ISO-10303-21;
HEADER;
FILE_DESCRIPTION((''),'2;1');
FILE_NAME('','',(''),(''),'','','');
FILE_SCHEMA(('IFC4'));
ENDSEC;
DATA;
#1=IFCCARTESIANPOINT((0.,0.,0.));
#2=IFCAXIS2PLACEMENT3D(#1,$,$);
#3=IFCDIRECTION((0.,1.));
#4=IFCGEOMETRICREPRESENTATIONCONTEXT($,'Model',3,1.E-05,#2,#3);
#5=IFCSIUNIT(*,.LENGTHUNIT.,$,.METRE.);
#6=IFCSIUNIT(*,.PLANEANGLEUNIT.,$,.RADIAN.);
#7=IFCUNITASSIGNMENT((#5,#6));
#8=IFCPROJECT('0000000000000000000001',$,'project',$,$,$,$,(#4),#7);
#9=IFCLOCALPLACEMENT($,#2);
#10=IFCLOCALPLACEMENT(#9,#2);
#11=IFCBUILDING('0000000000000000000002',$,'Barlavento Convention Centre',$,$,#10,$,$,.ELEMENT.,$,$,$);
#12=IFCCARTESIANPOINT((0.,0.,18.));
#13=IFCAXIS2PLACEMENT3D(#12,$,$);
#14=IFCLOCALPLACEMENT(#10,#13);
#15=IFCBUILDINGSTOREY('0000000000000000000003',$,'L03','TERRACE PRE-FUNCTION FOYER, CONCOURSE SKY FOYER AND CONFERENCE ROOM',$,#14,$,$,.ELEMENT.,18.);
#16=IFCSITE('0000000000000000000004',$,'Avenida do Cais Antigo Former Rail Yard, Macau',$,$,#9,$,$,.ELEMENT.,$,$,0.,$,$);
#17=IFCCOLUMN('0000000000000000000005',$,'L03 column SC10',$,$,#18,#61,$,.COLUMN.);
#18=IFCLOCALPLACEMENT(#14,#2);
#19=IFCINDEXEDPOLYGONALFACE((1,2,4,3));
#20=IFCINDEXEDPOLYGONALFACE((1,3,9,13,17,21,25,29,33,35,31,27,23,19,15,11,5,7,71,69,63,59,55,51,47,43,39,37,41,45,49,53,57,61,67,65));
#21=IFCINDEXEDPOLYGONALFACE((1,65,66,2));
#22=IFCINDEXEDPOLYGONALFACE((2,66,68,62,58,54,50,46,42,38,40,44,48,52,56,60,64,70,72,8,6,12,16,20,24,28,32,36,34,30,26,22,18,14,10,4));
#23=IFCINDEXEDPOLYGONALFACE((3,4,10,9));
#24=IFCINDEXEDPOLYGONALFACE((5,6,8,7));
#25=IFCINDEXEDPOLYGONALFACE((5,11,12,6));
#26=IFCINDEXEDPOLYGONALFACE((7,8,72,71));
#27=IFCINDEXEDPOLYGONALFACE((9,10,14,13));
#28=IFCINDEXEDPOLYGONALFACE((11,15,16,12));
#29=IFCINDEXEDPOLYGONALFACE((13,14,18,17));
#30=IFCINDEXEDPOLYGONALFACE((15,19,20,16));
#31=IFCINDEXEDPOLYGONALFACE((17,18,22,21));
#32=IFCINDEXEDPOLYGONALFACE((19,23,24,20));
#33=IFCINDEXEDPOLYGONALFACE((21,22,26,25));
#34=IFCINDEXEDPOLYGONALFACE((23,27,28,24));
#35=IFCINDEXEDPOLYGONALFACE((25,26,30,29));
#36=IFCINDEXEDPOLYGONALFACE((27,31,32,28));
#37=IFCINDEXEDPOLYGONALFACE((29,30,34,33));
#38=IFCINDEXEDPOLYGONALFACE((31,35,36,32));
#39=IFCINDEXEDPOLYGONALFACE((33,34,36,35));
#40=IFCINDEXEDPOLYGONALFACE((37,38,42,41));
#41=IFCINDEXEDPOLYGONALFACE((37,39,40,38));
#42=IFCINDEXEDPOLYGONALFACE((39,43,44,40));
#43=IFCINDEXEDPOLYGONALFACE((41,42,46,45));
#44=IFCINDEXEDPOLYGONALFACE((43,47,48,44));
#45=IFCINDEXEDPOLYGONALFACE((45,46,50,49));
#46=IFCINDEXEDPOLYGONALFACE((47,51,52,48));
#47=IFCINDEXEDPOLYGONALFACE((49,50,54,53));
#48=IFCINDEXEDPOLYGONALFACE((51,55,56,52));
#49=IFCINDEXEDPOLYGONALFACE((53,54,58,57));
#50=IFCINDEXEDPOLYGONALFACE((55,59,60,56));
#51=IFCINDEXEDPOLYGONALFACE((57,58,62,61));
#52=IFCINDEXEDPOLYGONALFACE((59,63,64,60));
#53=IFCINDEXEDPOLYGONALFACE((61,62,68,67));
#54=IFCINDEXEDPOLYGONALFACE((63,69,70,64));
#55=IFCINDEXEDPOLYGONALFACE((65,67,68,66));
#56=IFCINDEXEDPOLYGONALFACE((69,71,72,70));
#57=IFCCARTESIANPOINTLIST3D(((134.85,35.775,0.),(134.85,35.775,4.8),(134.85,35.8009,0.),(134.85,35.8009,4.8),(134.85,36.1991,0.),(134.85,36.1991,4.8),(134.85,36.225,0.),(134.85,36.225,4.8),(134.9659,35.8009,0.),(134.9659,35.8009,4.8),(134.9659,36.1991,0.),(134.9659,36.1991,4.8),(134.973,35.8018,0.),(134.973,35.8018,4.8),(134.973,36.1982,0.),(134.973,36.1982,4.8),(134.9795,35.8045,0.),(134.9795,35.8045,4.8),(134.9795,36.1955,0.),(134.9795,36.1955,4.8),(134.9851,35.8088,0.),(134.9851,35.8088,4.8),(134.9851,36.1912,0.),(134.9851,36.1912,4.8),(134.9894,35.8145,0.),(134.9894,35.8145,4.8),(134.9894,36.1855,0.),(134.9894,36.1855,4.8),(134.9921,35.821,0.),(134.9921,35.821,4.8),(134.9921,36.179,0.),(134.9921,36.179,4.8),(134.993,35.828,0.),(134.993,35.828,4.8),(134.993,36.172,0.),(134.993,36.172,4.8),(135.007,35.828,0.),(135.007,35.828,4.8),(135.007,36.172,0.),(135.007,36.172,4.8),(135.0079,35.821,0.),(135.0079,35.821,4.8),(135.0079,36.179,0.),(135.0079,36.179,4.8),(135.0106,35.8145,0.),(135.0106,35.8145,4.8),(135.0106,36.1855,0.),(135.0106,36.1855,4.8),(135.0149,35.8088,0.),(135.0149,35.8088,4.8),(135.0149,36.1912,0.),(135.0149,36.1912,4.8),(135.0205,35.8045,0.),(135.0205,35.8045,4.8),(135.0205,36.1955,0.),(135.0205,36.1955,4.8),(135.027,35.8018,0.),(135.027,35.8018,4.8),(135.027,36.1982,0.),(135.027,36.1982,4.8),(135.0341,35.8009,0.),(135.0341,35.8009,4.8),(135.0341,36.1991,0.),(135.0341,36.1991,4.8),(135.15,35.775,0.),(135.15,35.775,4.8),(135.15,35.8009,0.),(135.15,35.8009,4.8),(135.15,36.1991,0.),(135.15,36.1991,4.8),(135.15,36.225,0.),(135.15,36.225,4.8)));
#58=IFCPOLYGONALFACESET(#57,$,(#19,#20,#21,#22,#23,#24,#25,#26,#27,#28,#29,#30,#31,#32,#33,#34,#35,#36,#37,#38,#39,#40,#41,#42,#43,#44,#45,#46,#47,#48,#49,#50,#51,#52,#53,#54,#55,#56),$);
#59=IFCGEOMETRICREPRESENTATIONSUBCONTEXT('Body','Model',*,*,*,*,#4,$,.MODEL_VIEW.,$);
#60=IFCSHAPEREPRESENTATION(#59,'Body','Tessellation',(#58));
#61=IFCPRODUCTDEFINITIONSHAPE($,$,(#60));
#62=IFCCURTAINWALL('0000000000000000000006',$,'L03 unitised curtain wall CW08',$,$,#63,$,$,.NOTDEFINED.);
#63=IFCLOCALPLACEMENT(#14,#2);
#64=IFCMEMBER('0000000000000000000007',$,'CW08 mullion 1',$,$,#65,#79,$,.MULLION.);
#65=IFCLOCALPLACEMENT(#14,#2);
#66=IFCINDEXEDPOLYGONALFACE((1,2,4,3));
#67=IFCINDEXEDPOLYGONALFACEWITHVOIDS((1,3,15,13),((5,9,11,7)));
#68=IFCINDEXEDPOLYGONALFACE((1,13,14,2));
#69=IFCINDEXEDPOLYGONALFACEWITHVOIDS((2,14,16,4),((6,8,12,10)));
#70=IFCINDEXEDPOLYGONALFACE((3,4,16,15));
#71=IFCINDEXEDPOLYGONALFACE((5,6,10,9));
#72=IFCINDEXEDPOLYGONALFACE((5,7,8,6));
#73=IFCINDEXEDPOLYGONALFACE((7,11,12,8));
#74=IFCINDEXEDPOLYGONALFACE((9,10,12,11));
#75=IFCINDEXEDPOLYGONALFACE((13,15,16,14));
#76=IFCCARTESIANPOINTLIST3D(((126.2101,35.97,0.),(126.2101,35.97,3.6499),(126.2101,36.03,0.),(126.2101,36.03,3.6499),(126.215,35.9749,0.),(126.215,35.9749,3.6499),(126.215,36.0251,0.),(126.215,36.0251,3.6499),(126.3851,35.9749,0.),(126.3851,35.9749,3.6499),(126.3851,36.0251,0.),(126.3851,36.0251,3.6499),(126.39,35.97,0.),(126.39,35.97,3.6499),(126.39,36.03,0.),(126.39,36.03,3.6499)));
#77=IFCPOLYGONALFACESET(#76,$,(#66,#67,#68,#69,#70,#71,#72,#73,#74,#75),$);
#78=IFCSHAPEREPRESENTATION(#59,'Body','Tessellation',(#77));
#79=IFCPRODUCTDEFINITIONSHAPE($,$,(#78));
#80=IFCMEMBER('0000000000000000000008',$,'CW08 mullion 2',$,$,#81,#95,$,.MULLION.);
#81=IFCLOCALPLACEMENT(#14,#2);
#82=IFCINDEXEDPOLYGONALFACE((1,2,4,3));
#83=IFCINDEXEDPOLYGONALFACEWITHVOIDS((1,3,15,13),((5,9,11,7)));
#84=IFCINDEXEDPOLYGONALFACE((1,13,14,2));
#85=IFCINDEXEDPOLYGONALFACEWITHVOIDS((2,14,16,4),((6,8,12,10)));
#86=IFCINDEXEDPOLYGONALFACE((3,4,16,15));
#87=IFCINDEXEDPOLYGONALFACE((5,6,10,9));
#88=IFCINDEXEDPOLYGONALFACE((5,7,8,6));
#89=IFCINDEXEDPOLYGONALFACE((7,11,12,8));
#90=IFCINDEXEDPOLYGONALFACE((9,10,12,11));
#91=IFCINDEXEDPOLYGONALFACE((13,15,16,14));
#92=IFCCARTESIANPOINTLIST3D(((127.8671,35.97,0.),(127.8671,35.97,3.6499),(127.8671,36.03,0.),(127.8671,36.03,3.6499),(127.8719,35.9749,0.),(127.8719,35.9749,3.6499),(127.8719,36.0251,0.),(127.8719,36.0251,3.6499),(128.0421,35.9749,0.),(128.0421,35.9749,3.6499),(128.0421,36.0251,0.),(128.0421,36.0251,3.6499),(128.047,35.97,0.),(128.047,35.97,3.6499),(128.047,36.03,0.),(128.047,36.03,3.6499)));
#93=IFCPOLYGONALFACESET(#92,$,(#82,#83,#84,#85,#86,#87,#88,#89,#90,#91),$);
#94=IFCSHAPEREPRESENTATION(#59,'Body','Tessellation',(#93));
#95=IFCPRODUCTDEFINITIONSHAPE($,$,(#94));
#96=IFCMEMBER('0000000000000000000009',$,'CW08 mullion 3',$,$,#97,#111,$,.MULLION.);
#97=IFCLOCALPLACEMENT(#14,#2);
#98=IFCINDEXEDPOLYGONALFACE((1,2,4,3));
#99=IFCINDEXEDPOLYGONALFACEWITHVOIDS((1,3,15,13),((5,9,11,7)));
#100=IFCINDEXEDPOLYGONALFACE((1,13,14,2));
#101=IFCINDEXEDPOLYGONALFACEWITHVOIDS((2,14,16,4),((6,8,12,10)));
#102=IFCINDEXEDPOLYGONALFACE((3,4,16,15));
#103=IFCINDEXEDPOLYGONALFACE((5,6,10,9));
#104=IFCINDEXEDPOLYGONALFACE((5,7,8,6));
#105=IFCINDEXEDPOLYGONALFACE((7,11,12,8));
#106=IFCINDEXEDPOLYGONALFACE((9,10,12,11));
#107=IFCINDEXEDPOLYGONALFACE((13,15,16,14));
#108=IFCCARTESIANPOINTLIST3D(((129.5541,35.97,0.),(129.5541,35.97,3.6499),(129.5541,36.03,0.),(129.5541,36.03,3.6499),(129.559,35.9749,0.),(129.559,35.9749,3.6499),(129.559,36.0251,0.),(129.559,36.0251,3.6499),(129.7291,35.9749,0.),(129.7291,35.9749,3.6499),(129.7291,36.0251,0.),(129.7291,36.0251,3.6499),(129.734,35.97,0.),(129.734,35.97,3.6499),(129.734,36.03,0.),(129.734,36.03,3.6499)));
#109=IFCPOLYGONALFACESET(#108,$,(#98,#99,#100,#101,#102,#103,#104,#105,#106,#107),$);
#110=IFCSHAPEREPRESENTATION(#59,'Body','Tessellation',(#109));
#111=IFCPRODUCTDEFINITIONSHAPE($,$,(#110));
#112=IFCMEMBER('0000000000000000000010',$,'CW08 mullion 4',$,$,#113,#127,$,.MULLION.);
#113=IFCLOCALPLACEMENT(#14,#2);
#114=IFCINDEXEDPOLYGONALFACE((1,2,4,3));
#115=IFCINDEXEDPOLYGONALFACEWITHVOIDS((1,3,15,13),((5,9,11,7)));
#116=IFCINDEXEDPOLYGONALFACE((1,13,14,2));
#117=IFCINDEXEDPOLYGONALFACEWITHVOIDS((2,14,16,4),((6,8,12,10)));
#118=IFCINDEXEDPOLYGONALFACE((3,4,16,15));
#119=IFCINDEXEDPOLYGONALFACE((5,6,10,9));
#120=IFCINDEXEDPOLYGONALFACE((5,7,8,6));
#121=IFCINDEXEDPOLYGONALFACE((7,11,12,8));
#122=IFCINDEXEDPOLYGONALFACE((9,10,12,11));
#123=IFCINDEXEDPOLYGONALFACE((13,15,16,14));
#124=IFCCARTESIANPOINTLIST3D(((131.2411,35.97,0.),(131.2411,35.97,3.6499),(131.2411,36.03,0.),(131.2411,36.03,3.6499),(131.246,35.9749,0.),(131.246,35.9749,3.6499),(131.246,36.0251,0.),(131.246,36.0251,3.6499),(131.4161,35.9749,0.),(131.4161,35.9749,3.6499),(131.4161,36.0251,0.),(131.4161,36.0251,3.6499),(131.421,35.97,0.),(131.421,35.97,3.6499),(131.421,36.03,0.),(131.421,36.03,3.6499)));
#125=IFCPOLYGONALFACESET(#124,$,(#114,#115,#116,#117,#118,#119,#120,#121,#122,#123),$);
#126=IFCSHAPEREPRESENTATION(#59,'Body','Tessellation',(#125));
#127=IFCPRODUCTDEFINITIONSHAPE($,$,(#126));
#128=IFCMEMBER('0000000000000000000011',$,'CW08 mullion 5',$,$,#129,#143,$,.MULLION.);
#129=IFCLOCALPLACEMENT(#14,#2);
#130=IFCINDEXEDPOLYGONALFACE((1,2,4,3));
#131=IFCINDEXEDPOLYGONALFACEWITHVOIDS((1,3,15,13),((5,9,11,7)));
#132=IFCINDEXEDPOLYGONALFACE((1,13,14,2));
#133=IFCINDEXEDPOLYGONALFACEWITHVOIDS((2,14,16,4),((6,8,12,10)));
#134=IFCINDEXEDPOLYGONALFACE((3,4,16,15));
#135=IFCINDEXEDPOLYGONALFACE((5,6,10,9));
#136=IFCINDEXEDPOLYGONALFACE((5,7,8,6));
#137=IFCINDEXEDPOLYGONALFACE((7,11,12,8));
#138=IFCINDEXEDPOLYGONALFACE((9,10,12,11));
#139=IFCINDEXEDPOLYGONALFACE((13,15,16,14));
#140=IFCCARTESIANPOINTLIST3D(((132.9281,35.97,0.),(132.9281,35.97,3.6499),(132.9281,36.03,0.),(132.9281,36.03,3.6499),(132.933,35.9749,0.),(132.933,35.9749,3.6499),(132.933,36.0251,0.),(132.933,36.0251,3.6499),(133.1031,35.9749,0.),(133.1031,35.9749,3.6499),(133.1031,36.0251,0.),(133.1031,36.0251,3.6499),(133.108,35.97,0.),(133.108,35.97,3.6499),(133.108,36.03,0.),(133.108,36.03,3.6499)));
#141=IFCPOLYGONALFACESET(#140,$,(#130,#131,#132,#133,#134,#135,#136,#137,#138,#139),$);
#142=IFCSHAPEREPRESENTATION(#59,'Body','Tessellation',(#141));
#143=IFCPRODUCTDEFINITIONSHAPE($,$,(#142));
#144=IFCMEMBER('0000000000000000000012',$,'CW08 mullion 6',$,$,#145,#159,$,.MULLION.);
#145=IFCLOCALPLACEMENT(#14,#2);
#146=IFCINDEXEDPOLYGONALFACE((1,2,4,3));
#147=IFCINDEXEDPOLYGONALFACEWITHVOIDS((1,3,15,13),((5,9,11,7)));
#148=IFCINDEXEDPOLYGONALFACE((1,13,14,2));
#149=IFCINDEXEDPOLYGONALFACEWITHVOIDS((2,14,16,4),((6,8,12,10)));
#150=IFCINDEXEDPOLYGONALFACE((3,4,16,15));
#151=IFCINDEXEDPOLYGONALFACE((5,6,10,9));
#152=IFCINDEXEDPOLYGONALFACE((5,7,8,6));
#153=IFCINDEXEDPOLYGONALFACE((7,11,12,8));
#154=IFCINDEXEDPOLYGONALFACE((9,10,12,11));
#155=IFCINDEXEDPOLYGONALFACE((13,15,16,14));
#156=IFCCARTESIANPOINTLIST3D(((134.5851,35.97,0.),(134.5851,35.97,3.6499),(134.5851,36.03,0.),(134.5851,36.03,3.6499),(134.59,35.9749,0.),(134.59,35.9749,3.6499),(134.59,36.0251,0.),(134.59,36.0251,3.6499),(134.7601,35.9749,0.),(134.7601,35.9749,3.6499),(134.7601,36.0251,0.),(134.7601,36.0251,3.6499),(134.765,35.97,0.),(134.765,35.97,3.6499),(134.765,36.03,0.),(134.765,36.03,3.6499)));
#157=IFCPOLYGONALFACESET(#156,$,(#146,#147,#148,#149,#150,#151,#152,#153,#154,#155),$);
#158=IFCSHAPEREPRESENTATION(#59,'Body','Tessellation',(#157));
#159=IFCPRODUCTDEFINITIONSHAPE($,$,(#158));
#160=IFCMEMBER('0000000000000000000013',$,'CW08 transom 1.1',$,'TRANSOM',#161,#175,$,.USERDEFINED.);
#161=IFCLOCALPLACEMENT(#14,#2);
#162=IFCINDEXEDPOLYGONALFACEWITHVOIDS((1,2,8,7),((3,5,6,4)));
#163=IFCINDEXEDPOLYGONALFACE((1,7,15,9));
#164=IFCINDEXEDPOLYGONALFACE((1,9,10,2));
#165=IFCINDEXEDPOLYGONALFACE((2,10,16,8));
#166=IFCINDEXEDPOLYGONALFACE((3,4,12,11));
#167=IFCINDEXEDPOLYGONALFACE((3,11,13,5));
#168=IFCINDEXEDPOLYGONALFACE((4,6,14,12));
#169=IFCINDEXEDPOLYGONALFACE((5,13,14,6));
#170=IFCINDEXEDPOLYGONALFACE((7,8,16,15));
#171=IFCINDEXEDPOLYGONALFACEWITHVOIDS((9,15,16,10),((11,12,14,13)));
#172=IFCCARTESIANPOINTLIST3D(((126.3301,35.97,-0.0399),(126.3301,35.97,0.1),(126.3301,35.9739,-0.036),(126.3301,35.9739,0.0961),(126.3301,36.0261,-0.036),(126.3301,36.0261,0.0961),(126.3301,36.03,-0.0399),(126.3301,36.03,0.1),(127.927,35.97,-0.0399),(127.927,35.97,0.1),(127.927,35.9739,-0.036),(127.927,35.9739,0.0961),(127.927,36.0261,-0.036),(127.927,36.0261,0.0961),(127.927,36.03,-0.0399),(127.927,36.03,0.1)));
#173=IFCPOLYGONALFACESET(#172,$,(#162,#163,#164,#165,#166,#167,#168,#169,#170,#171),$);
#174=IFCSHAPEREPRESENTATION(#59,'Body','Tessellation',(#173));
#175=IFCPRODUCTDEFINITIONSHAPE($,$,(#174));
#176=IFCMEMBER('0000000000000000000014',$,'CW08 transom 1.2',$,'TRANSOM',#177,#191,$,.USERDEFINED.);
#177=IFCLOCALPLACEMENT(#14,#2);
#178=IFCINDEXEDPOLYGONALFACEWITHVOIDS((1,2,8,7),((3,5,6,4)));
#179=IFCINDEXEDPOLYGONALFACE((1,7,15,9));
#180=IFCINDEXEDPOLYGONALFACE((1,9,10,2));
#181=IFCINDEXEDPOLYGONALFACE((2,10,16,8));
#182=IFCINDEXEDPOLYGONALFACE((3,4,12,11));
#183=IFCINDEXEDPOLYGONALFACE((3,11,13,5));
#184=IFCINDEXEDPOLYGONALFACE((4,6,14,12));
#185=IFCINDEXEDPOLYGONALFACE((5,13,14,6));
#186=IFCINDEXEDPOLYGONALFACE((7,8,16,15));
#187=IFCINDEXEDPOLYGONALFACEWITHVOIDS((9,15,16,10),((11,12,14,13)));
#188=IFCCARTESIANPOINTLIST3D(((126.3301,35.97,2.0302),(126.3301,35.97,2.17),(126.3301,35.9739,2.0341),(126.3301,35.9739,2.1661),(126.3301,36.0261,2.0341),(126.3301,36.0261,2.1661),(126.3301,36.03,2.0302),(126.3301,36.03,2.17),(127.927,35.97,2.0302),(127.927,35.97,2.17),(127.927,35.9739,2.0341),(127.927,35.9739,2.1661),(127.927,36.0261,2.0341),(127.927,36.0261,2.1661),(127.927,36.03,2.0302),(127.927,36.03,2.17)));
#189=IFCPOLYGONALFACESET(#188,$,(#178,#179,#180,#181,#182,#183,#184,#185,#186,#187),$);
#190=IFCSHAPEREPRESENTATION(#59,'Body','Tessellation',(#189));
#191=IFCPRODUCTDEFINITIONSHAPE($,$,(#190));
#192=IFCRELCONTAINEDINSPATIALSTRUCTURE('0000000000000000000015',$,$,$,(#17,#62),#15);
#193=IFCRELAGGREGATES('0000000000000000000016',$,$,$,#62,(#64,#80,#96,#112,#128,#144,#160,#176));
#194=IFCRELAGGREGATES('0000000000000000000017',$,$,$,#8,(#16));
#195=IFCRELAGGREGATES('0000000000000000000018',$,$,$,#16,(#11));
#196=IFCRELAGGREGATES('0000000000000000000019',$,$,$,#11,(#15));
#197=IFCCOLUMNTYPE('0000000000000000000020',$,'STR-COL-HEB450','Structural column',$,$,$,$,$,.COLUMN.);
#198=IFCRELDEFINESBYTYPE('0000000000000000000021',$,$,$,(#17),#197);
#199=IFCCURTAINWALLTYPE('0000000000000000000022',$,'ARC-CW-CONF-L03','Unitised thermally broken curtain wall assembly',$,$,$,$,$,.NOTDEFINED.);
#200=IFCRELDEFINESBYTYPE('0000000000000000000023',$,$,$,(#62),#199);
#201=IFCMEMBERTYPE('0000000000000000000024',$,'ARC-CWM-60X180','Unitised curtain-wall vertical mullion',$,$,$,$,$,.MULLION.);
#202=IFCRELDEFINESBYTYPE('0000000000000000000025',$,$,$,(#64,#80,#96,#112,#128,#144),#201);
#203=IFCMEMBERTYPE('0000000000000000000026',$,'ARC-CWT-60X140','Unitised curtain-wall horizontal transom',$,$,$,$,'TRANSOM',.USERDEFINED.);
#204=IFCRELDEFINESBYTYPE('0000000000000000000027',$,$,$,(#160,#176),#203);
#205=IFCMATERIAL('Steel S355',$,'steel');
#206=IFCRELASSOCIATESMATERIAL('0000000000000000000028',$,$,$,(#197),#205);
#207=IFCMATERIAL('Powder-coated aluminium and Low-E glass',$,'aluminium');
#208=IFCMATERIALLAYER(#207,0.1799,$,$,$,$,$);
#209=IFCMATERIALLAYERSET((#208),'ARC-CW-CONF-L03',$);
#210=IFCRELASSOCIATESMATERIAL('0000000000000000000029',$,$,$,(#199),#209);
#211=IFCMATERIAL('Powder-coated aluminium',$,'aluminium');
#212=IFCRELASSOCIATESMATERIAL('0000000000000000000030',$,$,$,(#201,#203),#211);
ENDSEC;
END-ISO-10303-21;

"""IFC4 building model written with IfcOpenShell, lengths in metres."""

from ifc_helpers import new_model, si_unit, direction, frame, origin, origin_2d, place, context, subcontext, project, spatial, hollow_rectangle, i_section, extrude, material, layer, layer_set, material_profile, profile_set, type_object, element, aggregate, save


model = new_model("IFC4")

# Units and contexts
model_context = context("Model", 3, precision=1e-05, world=origin(), true_north=direction((0.0, 1.0)))
body_context = subcontext(model_context, "Body", "Model", "MODEL_VIEW")
ifc_project = project(units=[si_unit("LENGTHUNIT", "METRE"), si_unit("PLANEANGLEUNIT", "RADIAN")], contexts=[model_context])

# Site, building, storey
site_placement = place(None, origin())
site = spatial("IfcSite", under=ifc_project, at=site_placement, Name="Avenida do Cais Antigo Former Rail Yard, Macau", CompositionType="ELEMENT", RefElevation=0.0)
building_placement = place(site_placement, origin())
building = spatial("IfcBuilding", under=site, at=building_placement, Name="Barlavento Convention Centre", CompositionType="ELEMENT")
storey_placement = place(building_placement, frame((0.0, 0.0, 18.0)))
storey = spatial("IfcBuildingStorey", under=building, at=storey_placement, Name="L03", Description="TERRACE PRE-FUNCTION FOYER, CONCOURSE SKY FOYER AND CONFERENCE ROOM", CompositionType="ELEMENT", Elevation=18.0)

# Column
ifc_material_1 = material(Name="Steel S355", Category="steel")
ifc_material_profile_1 = material_profile(ifc_material_1, i_section(OverallWidth=0.3, OverallDepth=0.45, WebThickness=0.0139, FlangeThickness=0.0259, FilletRadius=0.0271, at=origin_2d()), Name="HEB 450")
ifc_profile_set_1 = profile_set([ifc_material_profile_1], Name="Steel S355")
column_type = type_object("IfcColumnType", Name="STR-COL-HEB450", Description="Structural column", PredefinedType="COLUMN", material=ifc_profile_set_1)
column_placement = place(storey_placement, frame((135.0, 36.0, 0.0), z_axis=(0.0, 0.0, 1.0), x_axis=(1.0, 0.0, 0.0)))
element("IfcColumn", 1, at=column_placement, inside=storey, type_object=column_type, Name="L03 column SC10", PredefinedType="COLUMN", context=body_context, shape_type="SweptSolid", body=[
    extrude(i_section(OverallWidth=0.3, OverallDepth=0.45, WebThickness=0.0139, FlangeThickness=0.0259, FilletRadius=0.0271, at=origin_2d()), origin(), (0.0, 0.0, 1.0), 4.8),
])

# Curtain wall, members
ifc_material_2 = material(Name="Powder-coated aluminium and Low-E glass", Category="aluminium")
ifc_layer_1 = layer(ifc_material_2, 0.1799)
ifc_layer_set_1 = layer_set([ifc_layer_1], Name="ARC-CW-CONF-L03")
curtain_wall_type = type_object("IfcCurtainWallType", Name="ARC-CW-CONF-L03", Description="Unitised thermally broken curtain wall assembly", PredefinedType="NOTDEFINED", material=ifc_layer_set_1)
curtain_wall_placement = place(storey_placement, origin())
curtain_wall = element("IfcCurtainWall", 2, at=curtain_wall_placement, inside=storey, type_object=curtain_wall_type, Name="L03 unitised curtain wall CW08", PredefinedType="NOTDEFINED")
ifc_material_3 = material(Name="Powder-coated aluminium", Category="aluminium")
ifc_material_profile_2 = material_profile(ifc_material_3, hollow_rectangle(XDim=0.0601, YDim=0.1799, WallThickness=0.0049, at=origin_2d()), Name="AL-MULL 60x180x5")
ifc_profile_set_2 = profile_set([ifc_material_profile_2], Name="Powder-coated aluminium")
member_type_1 = type_object("IfcMemberType", Name="ARC-CWM-60X180", Description="Unitised curtain-wall vertical mullion", PredefinedType="MULLION", material=ifc_profile_set_2)
member_1_placement = place(storey_placement, frame((126.3, 36.0, 0.0), z_axis=(0.0, 0.0, 1.0), x_axis=(0.0, 1.0, 0.0)))
member_1 = element("IfcMember", 3, at=member_1_placement, type_object=member_type_1, Name="CW08 mullion 1", PredefinedType="MULLION", context=body_context, shape_type="SweptSolid", body=[
    extrude(hollow_rectangle(XDim=0.0601, YDim=0.1799, WallThickness=0.0049, at=origin_2d()), origin(), (0.0, 0.0, 1.0), 3.6499),
])
member_2_placement = place(storey_placement, frame((127.957, 36.0, 0.0), z_axis=(0.0, 0.0, 1.0), x_axis=(0.0, 1.0, 0.0)))
member_2 = element("IfcMember", 4, at=member_2_placement, type_object=member_type_1, Name="CW08 mullion 2", PredefinedType="MULLION", context=body_context, shape_type="SweptSolid", body=[
    extrude(hollow_rectangle(XDim=0.0601, YDim=0.1799, WallThickness=0.0049, at=origin_2d()), origin(), (0.0, 0.0, 1.0), 3.6499),
])
member_3_placement = place(storey_placement, frame((129.644, 36.0, 0.0), z_axis=(0.0, 0.0, 1.0), x_axis=(0.0, 1.0, 0.0)))
member_3 = element("IfcMember", 5, at=member_3_placement, type_object=member_type_1, Name="CW08 mullion 3", PredefinedType="MULLION", context=body_context, shape_type="SweptSolid", body=[
    extrude(hollow_rectangle(XDim=0.0601, YDim=0.1799, WallThickness=0.0049, at=origin_2d()), origin(), (0.0, 0.0, 1.0), 3.6499),
])
member_4_placement = place(storey_placement, frame((131.3311, 36.0, 0.0), z_axis=(0.0, 0.0, 1.0), x_axis=(0.0, 1.0, 0.0)))
member_4 = element("IfcMember", 6, at=member_4_placement, type_object=member_type_1, Name="CW08 mullion 4", PredefinedType="MULLION", context=body_context, shape_type="SweptSolid", body=[
    extrude(hollow_rectangle(XDim=0.0601, YDim=0.1799, WallThickness=0.0049, at=origin_2d()), origin(), (0.0, 0.0, 1.0), 3.6499),
])
member_5_placement = place(storey_placement, frame((133.0181, 36.0, 0.0), z_axis=(0.0, 0.0, 1.0), x_axis=(0.0, 1.0, 0.0)))
member_5 = element("IfcMember", 7, at=member_5_placement, type_object=member_type_1, Name="CW08 mullion 5", PredefinedType="MULLION", context=body_context, shape_type="SweptSolid", body=[
    extrude(hollow_rectangle(XDim=0.0601, YDim=0.1799, WallThickness=0.0049, at=origin_2d()), origin(), (0.0, 0.0, 1.0), 3.6499),
])
member_6_placement = place(storey_placement, frame((134.675, 36.0, 0.0), z_axis=(0.0, 0.0, 1.0), x_axis=(0.0, 1.0, 0.0)))
member_6 = element("IfcMember", 8, at=member_6_placement, type_object=member_type_1, Name="CW08 mullion 6", PredefinedType="MULLION", context=body_context, shape_type="SweptSolid", body=[
    extrude(hollow_rectangle(XDim=0.0601, YDim=0.1799, WallThickness=0.0049, at=origin_2d()), origin(), (0.0, 0.0, 1.0), 3.6499),
])
ifc_material_profile_3 = material_profile(ifc_material_3, hollow_rectangle(XDim=0.0601, YDim=0.1399, WallThickness=0.0039, at=origin_2d()), Name="AL-TRAN 60x140x4")
ifc_profile_set_3 = profile_set([ifc_material_profile_3], Name="Powder-coated aluminium")
member_type_2 = type_object("IfcMemberType", Name="ARC-CWT-60X140", Description="Unitised curtain-wall horizontal transom", ElementType="TRANSOM", PredefinedType="USERDEFINED", material=ifc_profile_set_3)
member_7_placement = place(storey_placement, frame((126.3301, 36.0, 0.03), z_axis=(1.0, 0.0, 0.0), x_axis=(0.0, 1.0, 0.0)))
member_7 = element("IfcMember", 9, at=member_7_placement, type_object=member_type_2, Name="CW08 transom 1.1", ObjectType="TRANSOM", PredefinedType="USERDEFINED", context=body_context, shape_type="SweptSolid", body=[
    extrude(hollow_rectangle(XDim=0.0601, YDim=0.1399, WallThickness=0.0039, at=origin_2d()), origin(), (0.0, 0.0, 1.0), 1.5969),
])
member_8_placement = place(storey_placement, frame((126.3301, 36.0, 2.1001), z_axis=(1.0, 0.0, 0.0), x_axis=(0.0, 1.0, 0.0)))
member_8 = element("IfcMember", 10, at=member_8_placement, type_object=member_type_2, Name="CW08 transom 1.2", ObjectType="TRANSOM", PredefinedType="USERDEFINED", context=body_context, shape_type="SweptSolid", body=[
    extrude(hollow_rectangle(XDim=0.0601, YDim=0.1399, WallThickness=0.0039, at=origin_2d()), origin(), (0.0, 0.0, 1.0), 1.5969),
])
aggregate(curtain_wall, [member_1, member_2, member_3, member_4, member_5, member_6, member_7, member_8])

save(model, "model.ifc")
